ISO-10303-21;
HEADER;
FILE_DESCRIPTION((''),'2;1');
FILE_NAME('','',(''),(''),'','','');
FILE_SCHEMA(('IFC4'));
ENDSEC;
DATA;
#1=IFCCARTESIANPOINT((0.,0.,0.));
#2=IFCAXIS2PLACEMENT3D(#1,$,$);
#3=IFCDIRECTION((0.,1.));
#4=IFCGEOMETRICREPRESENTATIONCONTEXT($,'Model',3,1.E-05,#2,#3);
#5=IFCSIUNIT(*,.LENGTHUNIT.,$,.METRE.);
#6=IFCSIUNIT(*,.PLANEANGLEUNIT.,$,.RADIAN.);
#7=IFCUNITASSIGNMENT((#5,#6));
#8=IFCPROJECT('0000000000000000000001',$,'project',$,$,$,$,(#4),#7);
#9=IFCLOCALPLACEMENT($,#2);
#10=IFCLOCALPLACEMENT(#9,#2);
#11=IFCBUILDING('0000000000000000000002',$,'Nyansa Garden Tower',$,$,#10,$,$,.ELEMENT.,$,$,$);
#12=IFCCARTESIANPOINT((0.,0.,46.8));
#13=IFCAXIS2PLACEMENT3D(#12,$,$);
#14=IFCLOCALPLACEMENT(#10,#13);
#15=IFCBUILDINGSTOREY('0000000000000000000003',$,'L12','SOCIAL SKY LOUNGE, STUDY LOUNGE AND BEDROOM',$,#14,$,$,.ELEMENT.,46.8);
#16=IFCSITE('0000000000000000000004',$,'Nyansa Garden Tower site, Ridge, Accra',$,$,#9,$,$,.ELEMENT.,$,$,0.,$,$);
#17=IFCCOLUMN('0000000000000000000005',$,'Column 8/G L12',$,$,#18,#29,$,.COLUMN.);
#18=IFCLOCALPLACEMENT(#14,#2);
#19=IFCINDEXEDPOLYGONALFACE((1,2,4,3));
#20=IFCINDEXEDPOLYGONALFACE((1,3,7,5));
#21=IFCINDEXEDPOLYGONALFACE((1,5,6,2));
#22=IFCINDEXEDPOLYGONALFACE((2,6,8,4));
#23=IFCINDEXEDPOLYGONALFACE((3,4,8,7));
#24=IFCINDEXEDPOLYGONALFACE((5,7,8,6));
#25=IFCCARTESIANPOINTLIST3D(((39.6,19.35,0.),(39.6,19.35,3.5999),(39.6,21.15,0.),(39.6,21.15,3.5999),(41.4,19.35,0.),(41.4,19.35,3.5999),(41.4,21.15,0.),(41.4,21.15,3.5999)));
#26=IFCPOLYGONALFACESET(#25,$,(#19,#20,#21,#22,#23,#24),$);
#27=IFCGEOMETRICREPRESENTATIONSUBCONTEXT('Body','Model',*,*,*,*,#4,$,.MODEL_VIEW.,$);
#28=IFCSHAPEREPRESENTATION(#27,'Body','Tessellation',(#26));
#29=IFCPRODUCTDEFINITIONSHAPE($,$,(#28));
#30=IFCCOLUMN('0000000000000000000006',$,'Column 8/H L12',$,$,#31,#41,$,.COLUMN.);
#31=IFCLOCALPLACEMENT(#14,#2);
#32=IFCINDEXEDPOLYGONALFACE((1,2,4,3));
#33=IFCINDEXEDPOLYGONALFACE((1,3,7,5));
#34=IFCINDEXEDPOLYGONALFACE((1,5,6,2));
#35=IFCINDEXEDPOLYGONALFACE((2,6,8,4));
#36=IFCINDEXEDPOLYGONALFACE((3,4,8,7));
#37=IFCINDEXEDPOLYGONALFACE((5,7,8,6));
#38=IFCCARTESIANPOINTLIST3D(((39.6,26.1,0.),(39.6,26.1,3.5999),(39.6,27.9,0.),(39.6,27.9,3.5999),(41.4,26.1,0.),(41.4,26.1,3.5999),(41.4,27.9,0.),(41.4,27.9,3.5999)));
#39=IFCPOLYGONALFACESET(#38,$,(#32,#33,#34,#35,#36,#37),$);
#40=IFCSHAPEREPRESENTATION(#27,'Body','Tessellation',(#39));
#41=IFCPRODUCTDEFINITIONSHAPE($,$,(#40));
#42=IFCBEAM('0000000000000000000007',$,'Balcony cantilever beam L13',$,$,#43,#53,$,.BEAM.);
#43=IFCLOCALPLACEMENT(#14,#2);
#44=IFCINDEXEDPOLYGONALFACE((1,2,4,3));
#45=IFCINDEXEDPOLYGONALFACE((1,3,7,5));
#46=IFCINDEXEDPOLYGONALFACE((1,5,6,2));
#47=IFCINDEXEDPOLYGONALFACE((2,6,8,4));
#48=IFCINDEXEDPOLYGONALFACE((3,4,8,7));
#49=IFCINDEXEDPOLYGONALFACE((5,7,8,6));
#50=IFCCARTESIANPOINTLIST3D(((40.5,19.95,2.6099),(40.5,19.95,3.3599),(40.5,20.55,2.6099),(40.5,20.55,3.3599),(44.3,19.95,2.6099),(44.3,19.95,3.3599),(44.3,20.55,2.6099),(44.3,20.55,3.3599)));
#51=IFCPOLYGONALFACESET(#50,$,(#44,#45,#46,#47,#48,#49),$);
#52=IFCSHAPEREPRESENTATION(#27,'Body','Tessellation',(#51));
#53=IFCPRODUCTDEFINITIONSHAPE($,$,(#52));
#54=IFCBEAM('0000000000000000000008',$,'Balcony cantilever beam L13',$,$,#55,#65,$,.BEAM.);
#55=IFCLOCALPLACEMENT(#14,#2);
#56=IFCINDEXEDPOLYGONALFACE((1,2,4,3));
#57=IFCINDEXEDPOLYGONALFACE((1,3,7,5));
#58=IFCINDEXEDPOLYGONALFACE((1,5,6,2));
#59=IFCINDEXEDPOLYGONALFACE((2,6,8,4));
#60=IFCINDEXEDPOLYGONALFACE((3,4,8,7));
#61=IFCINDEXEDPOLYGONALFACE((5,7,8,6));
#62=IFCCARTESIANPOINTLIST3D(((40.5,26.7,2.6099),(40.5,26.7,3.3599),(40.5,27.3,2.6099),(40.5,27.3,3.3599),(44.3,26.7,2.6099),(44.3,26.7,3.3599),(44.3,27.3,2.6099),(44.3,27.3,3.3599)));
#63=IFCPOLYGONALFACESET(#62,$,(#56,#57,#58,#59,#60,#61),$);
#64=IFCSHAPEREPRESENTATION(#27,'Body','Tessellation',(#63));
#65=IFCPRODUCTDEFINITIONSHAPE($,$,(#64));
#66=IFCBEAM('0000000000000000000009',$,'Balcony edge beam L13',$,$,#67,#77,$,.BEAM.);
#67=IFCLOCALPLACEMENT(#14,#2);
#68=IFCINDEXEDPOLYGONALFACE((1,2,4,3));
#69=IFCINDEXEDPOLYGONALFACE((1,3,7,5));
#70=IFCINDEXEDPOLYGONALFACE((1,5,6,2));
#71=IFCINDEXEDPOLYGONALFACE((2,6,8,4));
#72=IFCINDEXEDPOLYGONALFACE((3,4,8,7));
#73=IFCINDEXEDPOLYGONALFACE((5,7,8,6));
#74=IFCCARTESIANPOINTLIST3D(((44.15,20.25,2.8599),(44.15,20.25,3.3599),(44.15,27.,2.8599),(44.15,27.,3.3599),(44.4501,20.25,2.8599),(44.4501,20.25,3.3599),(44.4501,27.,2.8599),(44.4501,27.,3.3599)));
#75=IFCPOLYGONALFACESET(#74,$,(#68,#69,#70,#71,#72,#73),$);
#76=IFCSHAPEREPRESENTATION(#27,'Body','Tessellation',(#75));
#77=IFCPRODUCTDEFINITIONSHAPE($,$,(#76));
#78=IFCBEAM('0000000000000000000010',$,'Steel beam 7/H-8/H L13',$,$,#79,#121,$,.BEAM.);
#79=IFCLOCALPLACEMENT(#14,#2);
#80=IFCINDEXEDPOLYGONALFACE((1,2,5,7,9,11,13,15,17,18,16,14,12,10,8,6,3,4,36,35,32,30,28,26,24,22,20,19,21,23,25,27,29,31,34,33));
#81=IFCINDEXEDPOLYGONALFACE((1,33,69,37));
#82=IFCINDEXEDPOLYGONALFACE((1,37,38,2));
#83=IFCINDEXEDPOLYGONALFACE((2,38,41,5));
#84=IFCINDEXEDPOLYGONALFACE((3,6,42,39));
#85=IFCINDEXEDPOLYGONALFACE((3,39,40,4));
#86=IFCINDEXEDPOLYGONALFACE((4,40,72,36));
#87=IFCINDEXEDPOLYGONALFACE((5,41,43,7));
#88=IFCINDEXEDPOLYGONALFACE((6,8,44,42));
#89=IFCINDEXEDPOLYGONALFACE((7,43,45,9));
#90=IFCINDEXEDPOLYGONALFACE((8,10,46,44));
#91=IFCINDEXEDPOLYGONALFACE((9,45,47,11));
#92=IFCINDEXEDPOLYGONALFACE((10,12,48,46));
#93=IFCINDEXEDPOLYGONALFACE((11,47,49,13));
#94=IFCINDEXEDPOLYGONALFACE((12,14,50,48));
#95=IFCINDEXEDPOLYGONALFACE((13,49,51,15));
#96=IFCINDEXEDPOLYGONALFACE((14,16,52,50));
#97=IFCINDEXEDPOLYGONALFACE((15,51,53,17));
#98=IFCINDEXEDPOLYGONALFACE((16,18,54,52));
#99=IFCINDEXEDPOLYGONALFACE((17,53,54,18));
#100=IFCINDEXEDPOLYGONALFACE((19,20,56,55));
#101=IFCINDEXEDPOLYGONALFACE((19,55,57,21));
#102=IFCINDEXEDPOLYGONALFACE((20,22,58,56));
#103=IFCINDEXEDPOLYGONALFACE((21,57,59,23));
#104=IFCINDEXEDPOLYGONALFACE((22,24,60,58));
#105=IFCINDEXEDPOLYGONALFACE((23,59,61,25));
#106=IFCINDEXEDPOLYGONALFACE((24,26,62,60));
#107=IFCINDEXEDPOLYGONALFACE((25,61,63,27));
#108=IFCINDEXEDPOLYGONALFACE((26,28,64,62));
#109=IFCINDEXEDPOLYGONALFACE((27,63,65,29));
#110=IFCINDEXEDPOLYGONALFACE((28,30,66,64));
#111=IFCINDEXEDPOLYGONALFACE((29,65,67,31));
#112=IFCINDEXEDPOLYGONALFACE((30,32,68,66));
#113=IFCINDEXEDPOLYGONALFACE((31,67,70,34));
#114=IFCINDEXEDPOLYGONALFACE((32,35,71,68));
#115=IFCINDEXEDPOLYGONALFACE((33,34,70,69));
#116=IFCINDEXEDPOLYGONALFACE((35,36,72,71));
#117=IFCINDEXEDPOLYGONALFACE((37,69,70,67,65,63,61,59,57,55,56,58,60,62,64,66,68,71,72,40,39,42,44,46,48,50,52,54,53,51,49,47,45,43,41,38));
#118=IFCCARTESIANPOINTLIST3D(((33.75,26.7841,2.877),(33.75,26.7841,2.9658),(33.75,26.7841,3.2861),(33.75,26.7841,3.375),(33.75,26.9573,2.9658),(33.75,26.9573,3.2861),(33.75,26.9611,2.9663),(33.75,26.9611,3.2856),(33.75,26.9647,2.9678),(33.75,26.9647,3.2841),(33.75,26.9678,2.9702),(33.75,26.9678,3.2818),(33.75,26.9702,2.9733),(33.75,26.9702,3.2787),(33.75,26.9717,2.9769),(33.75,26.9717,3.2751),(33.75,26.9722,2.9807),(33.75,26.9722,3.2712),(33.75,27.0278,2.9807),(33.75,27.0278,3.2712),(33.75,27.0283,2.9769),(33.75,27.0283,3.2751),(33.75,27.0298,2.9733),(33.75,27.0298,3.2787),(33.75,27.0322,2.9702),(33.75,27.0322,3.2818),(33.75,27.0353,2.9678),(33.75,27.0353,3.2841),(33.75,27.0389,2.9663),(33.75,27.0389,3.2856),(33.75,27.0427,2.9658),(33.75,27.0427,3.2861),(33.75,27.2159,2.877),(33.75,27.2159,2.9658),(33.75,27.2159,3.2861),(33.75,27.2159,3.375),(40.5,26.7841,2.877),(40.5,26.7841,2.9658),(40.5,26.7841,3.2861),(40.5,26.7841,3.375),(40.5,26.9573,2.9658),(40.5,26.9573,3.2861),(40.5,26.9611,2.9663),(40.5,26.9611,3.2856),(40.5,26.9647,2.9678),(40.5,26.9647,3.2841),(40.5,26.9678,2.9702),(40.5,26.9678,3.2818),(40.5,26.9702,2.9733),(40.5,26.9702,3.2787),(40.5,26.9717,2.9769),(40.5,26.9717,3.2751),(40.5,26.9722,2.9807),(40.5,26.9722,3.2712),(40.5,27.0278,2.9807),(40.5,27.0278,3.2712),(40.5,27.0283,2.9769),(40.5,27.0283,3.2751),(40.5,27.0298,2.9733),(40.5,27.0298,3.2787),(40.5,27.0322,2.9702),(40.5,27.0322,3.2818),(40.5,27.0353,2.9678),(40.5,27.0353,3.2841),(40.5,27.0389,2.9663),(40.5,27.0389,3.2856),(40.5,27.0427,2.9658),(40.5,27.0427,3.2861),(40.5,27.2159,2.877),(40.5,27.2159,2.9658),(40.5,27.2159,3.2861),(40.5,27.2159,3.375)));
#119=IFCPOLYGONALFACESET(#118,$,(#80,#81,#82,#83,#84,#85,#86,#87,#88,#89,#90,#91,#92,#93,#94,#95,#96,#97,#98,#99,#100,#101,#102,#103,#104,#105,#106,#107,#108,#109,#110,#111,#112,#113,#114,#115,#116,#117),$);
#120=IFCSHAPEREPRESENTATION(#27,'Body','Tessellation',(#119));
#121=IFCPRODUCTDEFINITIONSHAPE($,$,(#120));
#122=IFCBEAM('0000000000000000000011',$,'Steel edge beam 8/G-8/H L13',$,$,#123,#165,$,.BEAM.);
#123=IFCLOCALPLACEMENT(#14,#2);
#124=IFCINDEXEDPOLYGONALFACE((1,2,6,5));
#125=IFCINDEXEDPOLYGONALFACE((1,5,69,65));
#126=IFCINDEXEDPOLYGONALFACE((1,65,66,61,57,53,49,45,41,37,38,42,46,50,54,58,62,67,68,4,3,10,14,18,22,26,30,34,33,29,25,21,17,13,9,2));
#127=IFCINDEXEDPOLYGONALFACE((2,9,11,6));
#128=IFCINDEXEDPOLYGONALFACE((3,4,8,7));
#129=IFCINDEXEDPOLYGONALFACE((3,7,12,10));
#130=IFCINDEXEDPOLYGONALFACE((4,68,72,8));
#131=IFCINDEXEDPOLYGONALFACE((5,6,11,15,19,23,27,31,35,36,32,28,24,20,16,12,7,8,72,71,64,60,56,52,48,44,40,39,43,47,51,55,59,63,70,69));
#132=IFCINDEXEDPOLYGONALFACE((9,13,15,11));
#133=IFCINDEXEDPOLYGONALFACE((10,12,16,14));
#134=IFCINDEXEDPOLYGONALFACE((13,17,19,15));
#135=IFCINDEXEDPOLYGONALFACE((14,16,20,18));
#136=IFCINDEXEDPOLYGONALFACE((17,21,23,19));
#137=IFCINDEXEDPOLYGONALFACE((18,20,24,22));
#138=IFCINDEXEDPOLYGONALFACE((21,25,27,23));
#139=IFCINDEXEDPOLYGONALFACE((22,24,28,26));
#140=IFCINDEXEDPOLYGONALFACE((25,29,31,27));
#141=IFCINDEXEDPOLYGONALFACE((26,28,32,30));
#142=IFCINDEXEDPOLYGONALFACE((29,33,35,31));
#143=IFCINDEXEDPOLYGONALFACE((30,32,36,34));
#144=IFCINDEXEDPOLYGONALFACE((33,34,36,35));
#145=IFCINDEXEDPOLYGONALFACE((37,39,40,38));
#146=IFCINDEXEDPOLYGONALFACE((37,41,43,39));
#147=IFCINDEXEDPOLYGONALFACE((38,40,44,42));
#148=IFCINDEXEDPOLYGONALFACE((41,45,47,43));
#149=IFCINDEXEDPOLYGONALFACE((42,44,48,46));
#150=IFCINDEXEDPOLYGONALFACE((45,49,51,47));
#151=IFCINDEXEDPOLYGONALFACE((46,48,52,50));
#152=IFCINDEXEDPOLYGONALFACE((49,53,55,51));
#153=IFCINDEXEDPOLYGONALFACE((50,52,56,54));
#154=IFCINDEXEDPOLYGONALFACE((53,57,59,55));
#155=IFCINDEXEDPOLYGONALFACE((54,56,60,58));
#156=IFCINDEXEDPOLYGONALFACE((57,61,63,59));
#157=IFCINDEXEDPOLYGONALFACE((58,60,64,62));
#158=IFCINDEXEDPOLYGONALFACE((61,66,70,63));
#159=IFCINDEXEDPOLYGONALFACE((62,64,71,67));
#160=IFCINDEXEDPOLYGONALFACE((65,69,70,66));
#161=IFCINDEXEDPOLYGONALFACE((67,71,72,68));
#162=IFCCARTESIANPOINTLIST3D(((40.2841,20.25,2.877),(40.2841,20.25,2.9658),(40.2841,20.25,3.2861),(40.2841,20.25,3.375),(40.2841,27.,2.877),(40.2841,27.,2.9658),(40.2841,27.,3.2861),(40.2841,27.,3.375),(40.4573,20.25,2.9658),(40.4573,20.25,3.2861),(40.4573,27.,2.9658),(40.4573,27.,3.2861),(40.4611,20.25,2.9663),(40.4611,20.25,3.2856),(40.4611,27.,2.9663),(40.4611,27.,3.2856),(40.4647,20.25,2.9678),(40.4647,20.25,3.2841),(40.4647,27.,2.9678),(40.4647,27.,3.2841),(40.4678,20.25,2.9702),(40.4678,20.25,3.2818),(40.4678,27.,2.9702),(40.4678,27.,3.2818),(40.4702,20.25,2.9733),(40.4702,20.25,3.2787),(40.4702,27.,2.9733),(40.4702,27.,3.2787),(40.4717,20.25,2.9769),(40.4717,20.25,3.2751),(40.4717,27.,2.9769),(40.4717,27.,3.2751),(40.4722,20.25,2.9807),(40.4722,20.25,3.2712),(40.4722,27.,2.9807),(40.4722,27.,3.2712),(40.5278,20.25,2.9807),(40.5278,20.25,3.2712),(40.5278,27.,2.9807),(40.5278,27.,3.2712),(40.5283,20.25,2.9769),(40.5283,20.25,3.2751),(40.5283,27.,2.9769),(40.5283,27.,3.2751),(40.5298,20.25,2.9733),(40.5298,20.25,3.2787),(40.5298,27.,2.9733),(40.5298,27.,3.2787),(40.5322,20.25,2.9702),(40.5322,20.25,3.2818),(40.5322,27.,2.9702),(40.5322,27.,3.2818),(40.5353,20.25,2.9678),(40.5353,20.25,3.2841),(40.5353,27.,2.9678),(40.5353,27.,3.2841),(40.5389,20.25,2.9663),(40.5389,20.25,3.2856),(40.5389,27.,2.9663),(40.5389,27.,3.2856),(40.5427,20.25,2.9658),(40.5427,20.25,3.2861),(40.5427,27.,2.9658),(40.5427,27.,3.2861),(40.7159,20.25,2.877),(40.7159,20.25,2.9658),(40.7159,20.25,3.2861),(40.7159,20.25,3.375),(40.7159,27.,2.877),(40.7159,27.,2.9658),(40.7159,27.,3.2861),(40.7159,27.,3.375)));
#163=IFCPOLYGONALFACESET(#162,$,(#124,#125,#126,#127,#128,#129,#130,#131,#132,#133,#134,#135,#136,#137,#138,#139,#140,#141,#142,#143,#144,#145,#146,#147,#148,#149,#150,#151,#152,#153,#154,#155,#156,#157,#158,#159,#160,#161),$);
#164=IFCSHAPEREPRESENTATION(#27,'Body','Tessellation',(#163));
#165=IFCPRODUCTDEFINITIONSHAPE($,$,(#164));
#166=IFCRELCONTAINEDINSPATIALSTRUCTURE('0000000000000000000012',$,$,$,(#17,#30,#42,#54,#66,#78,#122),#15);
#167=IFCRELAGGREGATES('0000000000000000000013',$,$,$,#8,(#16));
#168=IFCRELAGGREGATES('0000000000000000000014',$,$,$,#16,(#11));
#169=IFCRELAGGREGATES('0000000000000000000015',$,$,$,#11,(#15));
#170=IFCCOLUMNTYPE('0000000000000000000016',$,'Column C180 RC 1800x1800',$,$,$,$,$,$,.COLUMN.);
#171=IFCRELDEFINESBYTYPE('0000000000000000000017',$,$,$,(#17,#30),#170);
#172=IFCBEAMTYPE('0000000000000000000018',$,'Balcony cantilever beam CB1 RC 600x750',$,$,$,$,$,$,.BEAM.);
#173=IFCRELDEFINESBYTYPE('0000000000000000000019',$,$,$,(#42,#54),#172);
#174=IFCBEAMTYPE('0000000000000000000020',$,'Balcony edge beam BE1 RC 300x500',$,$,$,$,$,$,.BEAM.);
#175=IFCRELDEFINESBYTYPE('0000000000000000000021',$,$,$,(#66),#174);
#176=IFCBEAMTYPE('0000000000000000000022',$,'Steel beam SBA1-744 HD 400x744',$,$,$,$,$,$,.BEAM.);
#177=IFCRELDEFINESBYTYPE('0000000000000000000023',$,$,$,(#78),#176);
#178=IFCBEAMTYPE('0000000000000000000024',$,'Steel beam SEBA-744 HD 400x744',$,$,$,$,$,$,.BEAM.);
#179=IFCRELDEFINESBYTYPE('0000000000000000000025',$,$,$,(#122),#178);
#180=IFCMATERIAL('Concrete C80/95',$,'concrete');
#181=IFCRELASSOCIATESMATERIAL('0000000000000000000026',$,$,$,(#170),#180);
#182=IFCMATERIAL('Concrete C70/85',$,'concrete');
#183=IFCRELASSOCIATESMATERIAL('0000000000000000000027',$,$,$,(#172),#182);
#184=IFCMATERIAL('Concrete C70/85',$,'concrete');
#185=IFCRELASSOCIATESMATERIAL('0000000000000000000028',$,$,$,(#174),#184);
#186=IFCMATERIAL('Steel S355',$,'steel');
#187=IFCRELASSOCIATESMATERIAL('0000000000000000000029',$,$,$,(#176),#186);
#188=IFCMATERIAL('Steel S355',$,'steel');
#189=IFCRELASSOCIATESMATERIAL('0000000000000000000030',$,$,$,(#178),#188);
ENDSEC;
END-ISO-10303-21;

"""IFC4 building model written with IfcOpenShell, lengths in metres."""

from ifc_helpers import new_model, si_unit, direction, frame, origin, origin_2d, place, context, subcontext, project, spatial, rectangle, i_section, extrude, material, material_profile, profile_set, type_object, element, save


model = new_model("IFC4")

# Units and contexts
model_context = context("Model", 3, precision=1e-05, world=origin(), true_north=direction((0.0, 1.0)))
body_context = subcontext(model_context, "Body", "Model", "MODEL_VIEW")
ifc_project = project(units=[si_unit("LENGTHUNIT", "METRE"), si_unit("PLANEANGLEUNIT", "RADIAN")], contexts=[model_context])

# Site, building, storey
site_placement = place(None, origin())
site = spatial("IfcSite", under=ifc_project, at=site_placement, Name="Nyansa Garden Tower site, Ridge, Accra", CompositionType="ELEMENT", RefElevation=0.0)
building_placement = place(site_placement, origin())
building = spatial("IfcBuilding", under=site, at=building_placement, Name="Nyansa Garden Tower", CompositionType="ELEMENT")
storey_placement = place(building_placement, frame((0.0, 0.0, 46.8)))
storey = spatial("IfcBuildingStorey", under=building, at=storey_placement, Name="L12", Description="SOCIAL SKY LOUNGE, STUDY LOUNGE AND BEDROOM", CompositionType="ELEMENT", Elevation=46.8)

# Columns
ifc_material_1 = material(Name="Concrete C80/95", Category="concrete")
ifc_material_profile_1 = material_profile(ifc_material_1, rectangle(XDim=1.8, YDim=1.8, at=origin_2d()), Name="RC 1800x1800")
ifc_profile_set_1 = profile_set([ifc_material_profile_1], Name="Concrete C80/95")
column_type = type_object("IfcColumnType", Name="Column C180 RC 1800x1800", PredefinedType="COLUMN", material=ifc_profile_set_1)
for number, where, z_axis, x_axis, name in (
    (1, (40.5, 20.25, 0.0), (0.0, 0.0, 1.0), (1.0, 0.0, 0.0), "Column 8/G L12"),
    (2, (40.5, 27.0, 0.0), (0.0, 0.0, 1.0), (1.0, 0.0, 0.0), "Column 8/H L12"),
):
    element("IfcColumn", number, at=place(storey_placement, frame(where, z_axis=z_axis, x_axis=x_axis)), inside=storey, type_object=column_type, Name=name, PredefinedType="COLUMN", context=body_context, shape_type="SweptSolid", body=[
        extrude(rectangle(XDim=1.8, YDim=1.8, at=origin_2d()), origin(), (0.0, 0.0, 1.0), 3.5999),
    ])

# Beams
ifc_material_2 = material(Name="Concrete C70/85", Category="concrete")
ifc_material_profile_2 = material_profile(ifc_material_2, rectangle(XDim=0.6001, YDim=0.75, at=origin_2d()), Name="RC 600x750")
ifc_profile_set_2 = profile_set([ifc_material_profile_2], Name="Concrete C70/85")
beam_type_1 = type_object("IfcBeamType", Name="Balcony cantilever beam CB1 RC 600x750", PredefinedType="BEAM", material=ifc_profile_set_2)
for number, where, z_axis, x_axis, name in (
    (3, (40.5, 20.25, 2.9849), (1.0, 0.0, 0.0), (0.0, 1.0, 0.0), "Balcony cantilever beam L13"),
    (4, (40.5, 27.0, 2.9849), (1.0, 0.0, 0.0), (0.0, 1.0, 0.0), "Balcony cantilever beam L13"),
):
    element("IfcBeam", number, at=place(storey_placement, frame(where, z_axis=z_axis, x_axis=x_axis)), inside=storey, type_object=beam_type_1, Name=name, PredefinedType="BEAM", context=body_context, shape_type="SweptSolid", body=[
        extrude(rectangle(XDim=0.6001, YDim=0.75, at=origin_2d()), origin(), (0.0, 0.0, 1.0), 3.8),
    ])
ifc_material_3 = material(Name="Concrete C70/85", Category="concrete")
ifc_material_profile_3 = material_profile(ifc_material_3, rectangle(XDim=0.3, YDim=0.5, at=origin_2d()), Name="RC 300x500")
ifc_profile_set_3 = profile_set([ifc_material_profile_3], Name="Concrete C70/85")
beam_type_2 = type_object("IfcBeamType", Name="Balcony edge beam BE1 RC 300x500", PredefinedType="BEAM", material=ifc_profile_set_3)
beam_1_placement = place(storey_placement, frame((44.3, 20.25, 3.1099), z_axis=(0.0, 1.0, 0.0), x_axis=(-1.0, 0.0, 0.0)))
element("IfcBeam", 5, at=beam_1_placement, inside=storey, type_object=beam_type_2, Name="Balcony edge beam L13", PredefinedType="BEAM", context=body_context, shape_type="SweptSolid", body=[
    extrude(rectangle(XDim=0.3, YDim=0.5, at=origin_2d()), origin(), (0.0, 0.0, 1.0), 6.75),
])
ifc_material_4 = material(Name="Steel S355", Category="steel")
ifc_material_profile_4 = material_profile(ifc_material_4, i_section(OverallWidth=0.4319, OverallDepth=0.498, WebThickness=0.0557, FlangeThickness=0.0889, FilletRadius=0.0149, at=origin_2d()), Name="HD 400x744")
ifc_profile_set_4 = profile_set([ifc_material_profile_4], Name="Steel S355")
beam_type_3 = type_object("IfcBeamType", Name="Steel beam SBA1-744 HD 400x744", PredefinedType="BEAM", material=ifc_profile_set_4)
beam_2_placement = place(storey_placement, frame((33.75, 27.0, 3.126), z_axis=(1.0, 0.0, 0.0), x_axis=(0.0, 1.0, 0.0)))
element("IfcBeam", 6, at=beam_2_placement, inside=storey, type_object=beam_type_3, Name="Steel beam 7/H-8/H L13", PredefinedType="BEAM", context=body_context, shape_type="SweptSolid", body=[
    extrude(i_section(OverallWidth=0.4319, OverallDepth=0.498, WebThickness=0.0557, FlangeThickness=0.0889, FilletRadius=0.0149, at=origin_2d()), origin(), (0.0, 0.0, 1.0), 6.75),
])
ifc_material_5 = material(Name="Steel S355", Category="steel")
ifc_material_profile_5 = material_profile(ifc_material_5, i_section(OverallWidth=0.4319, OverallDepth=0.498, WebThickness=0.0557, FlangeThickness=0.0889, FilletRadius=0.0149, at=origin_2d()), Name="HD 400x744")
ifc_profile_set_5 = profile_set([ifc_material_profile_5], Name="Steel S355")
beam_type_4 = type_object("IfcBeamType", Name="Steel beam SEBA-744 HD 400x744", PredefinedType="BEAM", material=ifc_profile_set_5)
for number, where, z_axis, x_axis, name in (
    (7, (40.5, 20.25, 3.126), (0.0, 1.0, 0.0), (-1.0, 0.0, 0.0), "Steel edge beam 8/G-8/H L13"),
):
    element("IfcBeam", number, at=place(storey_placement, frame(where, z_axis=z_axis, x_axis=x_axis)), inside=storey, type_object=beam_type_4, Name=name, PredefinedType="BEAM", context=body_context, shape_type="SweptSolid", body=[
        extrude(i_section(OverallWidth=0.4319, OverallDepth=0.498, WebThickness=0.0557, FlangeThickness=0.0889, FilletRadius=0.0149, at=origin_2d()), origin(), (0.0, 0.0, 1.0), 6.75),
    ])

save(model, "model.ifc")
